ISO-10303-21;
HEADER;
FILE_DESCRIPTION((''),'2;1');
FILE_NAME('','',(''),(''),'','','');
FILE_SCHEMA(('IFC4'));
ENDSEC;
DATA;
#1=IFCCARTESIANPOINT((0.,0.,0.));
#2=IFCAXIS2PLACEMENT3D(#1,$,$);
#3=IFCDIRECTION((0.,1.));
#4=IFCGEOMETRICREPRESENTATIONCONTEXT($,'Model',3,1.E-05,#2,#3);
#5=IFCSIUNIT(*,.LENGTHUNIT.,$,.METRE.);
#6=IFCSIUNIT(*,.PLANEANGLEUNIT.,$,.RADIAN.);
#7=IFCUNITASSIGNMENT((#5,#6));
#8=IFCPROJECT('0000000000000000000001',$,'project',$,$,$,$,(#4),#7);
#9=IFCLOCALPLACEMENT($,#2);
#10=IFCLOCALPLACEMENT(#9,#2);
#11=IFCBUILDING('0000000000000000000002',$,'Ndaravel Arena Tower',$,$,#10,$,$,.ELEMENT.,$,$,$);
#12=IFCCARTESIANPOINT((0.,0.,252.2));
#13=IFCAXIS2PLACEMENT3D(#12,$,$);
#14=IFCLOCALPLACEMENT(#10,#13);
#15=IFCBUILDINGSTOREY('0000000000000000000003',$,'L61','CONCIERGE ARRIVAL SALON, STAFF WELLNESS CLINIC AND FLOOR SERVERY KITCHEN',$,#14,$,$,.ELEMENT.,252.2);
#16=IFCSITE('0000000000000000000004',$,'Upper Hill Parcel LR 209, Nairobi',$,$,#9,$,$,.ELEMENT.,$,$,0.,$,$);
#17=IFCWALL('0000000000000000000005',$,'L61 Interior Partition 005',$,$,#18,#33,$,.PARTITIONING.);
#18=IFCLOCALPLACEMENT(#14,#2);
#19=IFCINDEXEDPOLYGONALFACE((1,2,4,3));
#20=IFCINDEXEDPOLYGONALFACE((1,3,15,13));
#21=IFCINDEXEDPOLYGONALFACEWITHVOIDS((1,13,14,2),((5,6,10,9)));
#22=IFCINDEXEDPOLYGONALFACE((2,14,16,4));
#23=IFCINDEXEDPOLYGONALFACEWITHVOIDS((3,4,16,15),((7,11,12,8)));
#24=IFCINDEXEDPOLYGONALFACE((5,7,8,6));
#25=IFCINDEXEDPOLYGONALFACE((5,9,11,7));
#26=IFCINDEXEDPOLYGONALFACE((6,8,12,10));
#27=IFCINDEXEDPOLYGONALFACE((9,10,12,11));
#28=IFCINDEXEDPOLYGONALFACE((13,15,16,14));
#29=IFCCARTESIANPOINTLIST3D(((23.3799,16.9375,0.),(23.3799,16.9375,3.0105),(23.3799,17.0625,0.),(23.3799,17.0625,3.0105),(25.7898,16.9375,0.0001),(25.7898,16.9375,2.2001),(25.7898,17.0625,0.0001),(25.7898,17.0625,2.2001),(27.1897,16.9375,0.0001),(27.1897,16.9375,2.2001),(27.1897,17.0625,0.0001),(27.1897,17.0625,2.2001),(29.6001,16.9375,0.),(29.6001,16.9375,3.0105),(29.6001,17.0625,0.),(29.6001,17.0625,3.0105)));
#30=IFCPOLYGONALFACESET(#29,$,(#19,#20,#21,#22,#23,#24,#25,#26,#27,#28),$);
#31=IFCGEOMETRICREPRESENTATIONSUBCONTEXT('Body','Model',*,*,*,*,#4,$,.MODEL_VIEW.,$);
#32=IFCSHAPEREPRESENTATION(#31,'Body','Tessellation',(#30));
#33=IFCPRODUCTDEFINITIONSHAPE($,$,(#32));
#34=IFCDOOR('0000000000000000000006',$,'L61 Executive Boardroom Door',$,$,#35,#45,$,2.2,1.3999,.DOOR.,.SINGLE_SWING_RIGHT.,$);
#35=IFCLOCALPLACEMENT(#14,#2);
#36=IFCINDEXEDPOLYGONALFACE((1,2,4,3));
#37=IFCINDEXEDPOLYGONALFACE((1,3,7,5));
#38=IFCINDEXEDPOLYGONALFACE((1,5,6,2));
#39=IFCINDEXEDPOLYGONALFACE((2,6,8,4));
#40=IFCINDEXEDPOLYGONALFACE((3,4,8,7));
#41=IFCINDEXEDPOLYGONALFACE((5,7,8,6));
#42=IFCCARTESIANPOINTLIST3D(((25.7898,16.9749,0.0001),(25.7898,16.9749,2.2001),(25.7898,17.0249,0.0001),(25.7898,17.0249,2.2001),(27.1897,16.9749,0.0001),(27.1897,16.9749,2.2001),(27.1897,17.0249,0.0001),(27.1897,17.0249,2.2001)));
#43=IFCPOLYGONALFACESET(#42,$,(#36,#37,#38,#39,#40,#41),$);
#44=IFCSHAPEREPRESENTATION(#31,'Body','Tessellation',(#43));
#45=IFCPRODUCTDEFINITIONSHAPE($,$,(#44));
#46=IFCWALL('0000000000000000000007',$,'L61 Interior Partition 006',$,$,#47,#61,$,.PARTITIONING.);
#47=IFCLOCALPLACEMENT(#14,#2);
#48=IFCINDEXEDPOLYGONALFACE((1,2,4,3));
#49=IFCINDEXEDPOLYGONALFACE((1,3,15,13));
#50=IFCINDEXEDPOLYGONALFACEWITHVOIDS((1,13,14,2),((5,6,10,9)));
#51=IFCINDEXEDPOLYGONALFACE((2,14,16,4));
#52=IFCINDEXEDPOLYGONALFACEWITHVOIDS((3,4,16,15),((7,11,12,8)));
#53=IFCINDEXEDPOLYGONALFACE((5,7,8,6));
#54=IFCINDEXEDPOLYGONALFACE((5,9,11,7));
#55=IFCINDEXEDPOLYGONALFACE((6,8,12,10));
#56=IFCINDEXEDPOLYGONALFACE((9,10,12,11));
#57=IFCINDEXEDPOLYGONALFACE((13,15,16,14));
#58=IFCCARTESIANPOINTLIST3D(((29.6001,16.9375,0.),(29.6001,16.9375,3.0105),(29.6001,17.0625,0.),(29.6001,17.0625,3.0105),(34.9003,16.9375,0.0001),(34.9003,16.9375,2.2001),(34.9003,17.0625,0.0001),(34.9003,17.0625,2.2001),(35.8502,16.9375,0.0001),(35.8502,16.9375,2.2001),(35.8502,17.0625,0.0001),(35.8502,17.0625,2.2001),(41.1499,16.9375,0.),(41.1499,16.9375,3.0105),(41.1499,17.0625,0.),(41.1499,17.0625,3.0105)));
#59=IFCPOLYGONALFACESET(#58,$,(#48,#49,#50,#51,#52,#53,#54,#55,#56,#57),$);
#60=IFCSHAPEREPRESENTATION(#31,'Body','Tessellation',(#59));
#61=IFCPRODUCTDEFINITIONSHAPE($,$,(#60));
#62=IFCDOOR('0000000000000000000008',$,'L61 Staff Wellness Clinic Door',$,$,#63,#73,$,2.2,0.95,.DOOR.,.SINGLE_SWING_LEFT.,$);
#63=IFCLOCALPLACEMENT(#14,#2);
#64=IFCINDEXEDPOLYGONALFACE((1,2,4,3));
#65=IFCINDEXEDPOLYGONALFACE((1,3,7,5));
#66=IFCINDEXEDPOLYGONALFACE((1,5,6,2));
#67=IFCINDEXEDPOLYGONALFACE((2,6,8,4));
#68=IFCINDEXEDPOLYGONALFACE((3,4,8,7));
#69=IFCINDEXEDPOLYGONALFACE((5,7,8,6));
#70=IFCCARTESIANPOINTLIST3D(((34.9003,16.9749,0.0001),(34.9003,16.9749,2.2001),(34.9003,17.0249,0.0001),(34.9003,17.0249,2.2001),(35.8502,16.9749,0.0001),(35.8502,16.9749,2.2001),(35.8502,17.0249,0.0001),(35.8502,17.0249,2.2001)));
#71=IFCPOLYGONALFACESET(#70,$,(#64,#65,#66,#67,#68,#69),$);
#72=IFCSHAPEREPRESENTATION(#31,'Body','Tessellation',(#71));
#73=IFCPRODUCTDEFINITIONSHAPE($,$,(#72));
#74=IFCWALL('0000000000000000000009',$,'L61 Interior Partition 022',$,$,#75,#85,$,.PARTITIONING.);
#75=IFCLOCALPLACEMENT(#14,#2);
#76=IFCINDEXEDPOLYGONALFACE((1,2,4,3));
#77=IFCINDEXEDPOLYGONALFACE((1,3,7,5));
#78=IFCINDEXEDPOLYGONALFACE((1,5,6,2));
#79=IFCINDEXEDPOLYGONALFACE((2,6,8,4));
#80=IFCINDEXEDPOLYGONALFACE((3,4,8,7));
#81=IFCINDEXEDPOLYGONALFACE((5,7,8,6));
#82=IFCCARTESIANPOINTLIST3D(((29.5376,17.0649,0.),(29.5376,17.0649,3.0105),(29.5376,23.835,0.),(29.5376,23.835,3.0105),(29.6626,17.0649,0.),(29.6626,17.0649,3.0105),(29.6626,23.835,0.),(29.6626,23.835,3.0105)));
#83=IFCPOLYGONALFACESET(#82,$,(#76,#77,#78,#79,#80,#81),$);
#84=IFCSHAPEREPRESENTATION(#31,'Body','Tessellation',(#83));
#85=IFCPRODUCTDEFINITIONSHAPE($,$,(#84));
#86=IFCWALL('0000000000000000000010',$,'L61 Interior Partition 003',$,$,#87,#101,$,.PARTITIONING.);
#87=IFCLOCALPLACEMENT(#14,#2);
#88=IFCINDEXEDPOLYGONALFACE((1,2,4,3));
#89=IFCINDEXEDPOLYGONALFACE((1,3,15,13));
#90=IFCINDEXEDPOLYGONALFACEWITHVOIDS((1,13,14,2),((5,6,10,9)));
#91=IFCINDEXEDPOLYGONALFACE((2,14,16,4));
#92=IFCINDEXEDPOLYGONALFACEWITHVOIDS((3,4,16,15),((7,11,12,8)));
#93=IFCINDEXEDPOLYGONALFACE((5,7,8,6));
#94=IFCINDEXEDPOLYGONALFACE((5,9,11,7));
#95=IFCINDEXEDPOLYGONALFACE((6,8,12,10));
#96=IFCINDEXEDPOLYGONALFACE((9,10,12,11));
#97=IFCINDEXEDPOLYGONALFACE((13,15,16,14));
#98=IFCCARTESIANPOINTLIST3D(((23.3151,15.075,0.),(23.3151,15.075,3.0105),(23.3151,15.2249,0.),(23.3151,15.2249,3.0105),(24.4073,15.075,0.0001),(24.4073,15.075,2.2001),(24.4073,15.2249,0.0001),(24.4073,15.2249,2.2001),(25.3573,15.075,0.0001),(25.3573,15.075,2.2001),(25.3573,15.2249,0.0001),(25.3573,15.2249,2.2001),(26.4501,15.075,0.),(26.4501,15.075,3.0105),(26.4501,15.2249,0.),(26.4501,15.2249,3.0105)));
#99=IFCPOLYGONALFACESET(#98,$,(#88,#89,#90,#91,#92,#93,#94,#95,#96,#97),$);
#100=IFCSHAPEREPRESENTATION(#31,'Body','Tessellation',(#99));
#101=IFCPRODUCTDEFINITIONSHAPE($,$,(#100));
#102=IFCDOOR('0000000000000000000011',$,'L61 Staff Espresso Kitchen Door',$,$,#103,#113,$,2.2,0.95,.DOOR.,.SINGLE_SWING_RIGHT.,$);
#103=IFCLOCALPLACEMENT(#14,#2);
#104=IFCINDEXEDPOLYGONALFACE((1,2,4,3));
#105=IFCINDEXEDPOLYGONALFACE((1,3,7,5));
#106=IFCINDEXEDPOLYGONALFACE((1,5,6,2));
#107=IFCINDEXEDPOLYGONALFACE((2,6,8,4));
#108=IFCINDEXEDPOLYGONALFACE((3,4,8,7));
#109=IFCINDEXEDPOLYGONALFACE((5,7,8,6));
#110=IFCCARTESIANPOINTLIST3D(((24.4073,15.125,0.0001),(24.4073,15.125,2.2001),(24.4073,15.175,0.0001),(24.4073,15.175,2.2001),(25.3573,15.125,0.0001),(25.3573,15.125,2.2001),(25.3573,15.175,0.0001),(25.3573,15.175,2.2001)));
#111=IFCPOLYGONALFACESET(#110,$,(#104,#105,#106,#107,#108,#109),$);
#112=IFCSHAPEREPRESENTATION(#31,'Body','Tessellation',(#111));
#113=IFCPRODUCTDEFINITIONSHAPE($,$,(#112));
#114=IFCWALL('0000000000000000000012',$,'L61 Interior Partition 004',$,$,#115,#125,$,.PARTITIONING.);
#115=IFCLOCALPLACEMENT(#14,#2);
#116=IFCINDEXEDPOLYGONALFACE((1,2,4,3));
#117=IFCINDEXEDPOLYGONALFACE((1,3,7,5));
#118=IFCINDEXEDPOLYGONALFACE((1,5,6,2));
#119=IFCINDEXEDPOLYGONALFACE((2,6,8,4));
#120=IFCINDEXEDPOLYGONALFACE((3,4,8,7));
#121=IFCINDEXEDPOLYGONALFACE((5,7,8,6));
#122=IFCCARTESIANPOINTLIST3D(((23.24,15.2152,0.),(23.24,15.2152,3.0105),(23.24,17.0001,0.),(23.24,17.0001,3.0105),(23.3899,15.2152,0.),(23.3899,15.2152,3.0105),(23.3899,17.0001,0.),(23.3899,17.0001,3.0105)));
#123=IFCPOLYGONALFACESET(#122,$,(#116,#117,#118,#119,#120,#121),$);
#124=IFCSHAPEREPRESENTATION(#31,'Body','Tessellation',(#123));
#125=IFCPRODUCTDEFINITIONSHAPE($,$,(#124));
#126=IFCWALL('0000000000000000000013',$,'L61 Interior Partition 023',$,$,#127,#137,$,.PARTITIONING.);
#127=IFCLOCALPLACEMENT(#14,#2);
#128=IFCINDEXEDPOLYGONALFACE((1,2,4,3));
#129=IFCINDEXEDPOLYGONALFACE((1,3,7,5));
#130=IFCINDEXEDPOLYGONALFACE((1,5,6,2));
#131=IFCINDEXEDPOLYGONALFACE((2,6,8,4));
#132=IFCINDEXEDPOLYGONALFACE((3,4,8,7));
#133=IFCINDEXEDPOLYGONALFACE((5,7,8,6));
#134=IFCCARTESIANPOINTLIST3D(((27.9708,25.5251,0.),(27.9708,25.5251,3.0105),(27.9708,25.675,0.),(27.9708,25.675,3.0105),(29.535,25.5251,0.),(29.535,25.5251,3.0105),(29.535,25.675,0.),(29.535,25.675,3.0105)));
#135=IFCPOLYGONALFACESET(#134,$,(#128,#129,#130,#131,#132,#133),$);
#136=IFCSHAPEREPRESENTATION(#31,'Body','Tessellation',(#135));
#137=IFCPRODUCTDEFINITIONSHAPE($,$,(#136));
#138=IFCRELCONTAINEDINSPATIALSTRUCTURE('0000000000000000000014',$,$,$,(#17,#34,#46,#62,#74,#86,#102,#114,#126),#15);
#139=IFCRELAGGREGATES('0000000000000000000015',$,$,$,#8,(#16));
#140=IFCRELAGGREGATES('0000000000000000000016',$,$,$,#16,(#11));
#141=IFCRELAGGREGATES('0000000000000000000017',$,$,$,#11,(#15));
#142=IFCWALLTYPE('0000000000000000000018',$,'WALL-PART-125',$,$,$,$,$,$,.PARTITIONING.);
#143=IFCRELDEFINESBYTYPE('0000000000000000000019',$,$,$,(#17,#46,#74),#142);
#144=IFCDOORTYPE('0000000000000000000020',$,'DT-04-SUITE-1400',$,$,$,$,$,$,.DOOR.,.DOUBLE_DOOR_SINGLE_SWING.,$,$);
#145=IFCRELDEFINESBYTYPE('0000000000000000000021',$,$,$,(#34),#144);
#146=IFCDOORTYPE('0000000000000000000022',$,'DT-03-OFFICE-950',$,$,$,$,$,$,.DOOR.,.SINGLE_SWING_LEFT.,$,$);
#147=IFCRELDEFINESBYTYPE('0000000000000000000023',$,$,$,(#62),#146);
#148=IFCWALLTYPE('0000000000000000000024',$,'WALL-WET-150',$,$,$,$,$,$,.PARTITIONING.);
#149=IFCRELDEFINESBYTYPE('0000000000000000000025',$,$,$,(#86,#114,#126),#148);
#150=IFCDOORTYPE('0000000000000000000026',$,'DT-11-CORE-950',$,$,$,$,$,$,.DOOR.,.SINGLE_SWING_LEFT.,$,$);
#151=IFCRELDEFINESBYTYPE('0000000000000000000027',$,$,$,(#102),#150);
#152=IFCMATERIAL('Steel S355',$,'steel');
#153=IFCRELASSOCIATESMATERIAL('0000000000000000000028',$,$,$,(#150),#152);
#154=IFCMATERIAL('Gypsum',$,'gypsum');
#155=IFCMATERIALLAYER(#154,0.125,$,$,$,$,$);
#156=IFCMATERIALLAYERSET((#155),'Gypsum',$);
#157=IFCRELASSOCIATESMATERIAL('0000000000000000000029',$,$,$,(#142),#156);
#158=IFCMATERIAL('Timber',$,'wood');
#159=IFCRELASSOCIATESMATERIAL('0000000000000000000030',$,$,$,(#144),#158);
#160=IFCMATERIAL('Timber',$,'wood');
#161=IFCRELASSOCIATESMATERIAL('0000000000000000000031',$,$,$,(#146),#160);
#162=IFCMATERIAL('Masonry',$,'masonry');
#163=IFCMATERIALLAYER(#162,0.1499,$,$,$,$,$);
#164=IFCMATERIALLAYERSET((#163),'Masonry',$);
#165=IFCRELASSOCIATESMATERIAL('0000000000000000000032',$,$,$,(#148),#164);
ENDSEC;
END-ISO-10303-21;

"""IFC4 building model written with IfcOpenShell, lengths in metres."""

from ifc_helpers import new_model, si_unit, direction, frame, frame_2d, origin, place, context, subcontext, project, spatial, rectangle, extrude, material, layer, layer_set, type_object, element, fill, save


model = new_model("IFC4")

# Units and contexts
model_context = context("Model", 3, precision=1e-05, world=origin(), true_north=direction((0.0, 1.0)))
body_context = subcontext(model_context, "Body", "Model", "MODEL_VIEW")
ifc_project = project(units=[si_unit("LENGTHUNIT", "METRE"), si_unit("PLANEANGLEUNIT", "RADIAN")], contexts=[model_context])

# Site, building, storey
site_placement = place(None, origin())
site = spatial("IfcSite", under=ifc_project, at=site_placement, Name="Upper Hill Parcel LR 209, Nairobi", CompositionType="ELEMENT", RefElevation=0.0)
building_placement = place(site_placement, origin())
building = spatial("IfcBuilding", under=site, at=building_placement, Name="Ndaravel Arena Tower", CompositionType="ELEMENT")
storey_placement = place(building_placement, frame((0.0, 0.0, 252.2)))
storey = spatial("IfcBuildingStorey", under=building, at=storey_placement, Name="L61", Description="CONCIERGE ARRIVAL SALON, STAFF WELLNESS CLINIC AND FLOOR SERVERY KITCHEN", CompositionType="ELEMENT", Elevation=252.2)

# Shared definitions
ifc_material_1 = material(Name="Steel S355", Category="steel")
door_type_1 = type_object("IfcDoorType", Name="DT-11-CORE-950", OperationType="SINGLE_SWING_LEFT", PredefinedType="DOOR", material=ifc_material_1)

# Walls, openings, doors
ifc_material_2 = material(Name="Gypsum", Category="gypsum")
ifc_layer_1 = layer(ifc_material_2, 0.125)
ifc_layer_set_1 = layer_set([ifc_layer_1], Name="Gypsum")
wall_type_1 = type_object("IfcWallType", Name="WALL-PART-125", PredefinedType="PARTITIONING", material=ifc_layer_set_1)
wall_1_placement = place(storey_placement, frame((23.3799, 17.0, 0.0), z_axis=(0.0, 0.0, 1.0), x_axis=(1.0, 0.0, 0.0)))
wall_1 = element("IfcWall", 1, at=wall_1_placement, inside=storey, type_object=wall_type_1, Name="L61 Interior Partition 005", PredefinedType="PARTITIONING", context=body_context, shape_type="SweptSolid", body=[
    extrude(rectangle(XDim=6.2202, YDim=0.125, at=frame_2d((3.1101, 0.0))), origin(), (0.0, 0.0, 1.0), 3.0105),
])
opening_1_placement = place(wall_1_placement, frame((2.4099, 0.0, 0.0)))
opening_1 = element("IfcOpeningElement", 2, at=opening_1_placement, cuts=wall_1, PredefinedType="OPENING", context=body_context, shape_type="SweptSolid", body=[
    extrude(rectangle(XDim=1.3999, YDim=2.2, at=frame_2d((0.7, 1.1001))), frame((0.0, 0.0625, 0.0), z_axis=(0.0, -1.0, 0.0), x_axis=(1.0, 0.0, 0.0)), (0.0, 0.0, 1.0), 0.125),
])
ifc_material_3 = material(Name="Timber", Category="wood")
door_type_2 = type_object("IfcDoorType", Name="DT-04-SUITE-1400", OperationType="DOUBLE_DOOR_SINGLE_SWING", PredefinedType="DOOR", material=ifc_material_3)
door_1_placement = place(opening_1_placement, origin())
door_1 = element("IfcDoor", 3, at=door_1_placement, inside=storey, type_object=door_type_2, Name="L61 Executive Boardroom Door", OperationType="SINGLE_SWING_RIGHT", OverallHeight=2.2, OverallWidth=1.3999, PredefinedType="DOOR", context=body_context, shape_type="SweptSolid", body=[
    extrude(rectangle(XDim=1.3999, YDim=2.2, at=frame_2d((0.7, 1.1001))), frame((0.0, 0.0249, 0.0), z_axis=(0.0, -1.0, 0.0), x_axis=(1.0, 0.0, 0.0)), (0.0, 0.0, 1.0), 0.05),
])
fill(opening_1, door_1)
wall_2_placement = place(storey_placement, frame((29.6001, 17.0, 0.0), z_axis=(0.0, 0.0, 1.0), x_axis=(1.0, 0.0, 0.0)))
wall_2 = element("IfcWall", 4, at=wall_2_placement, inside=storey, type_object=wall_type_1, Name="L61 Interior Partition 006", PredefinedType="PARTITIONING", context=body_context, shape_type="SweptSolid", body=[
    extrude(rectangle(XDim=11.5498, YDim=0.125, at=frame_2d((5.7749, 0.0))), origin(), (0.0, 0.0, 1.0), 3.0105),
])
opening_2_placement = place(wall_2_placement, frame((5.3, 0.0, 0.0)))
opening_2 = element("IfcOpeningElement", 5, at=opening_2_placement, cuts=wall_2, PredefinedType="OPENING", context=body_context, shape_type="SweptSolid", body=[
    extrude(rectangle(XDim=0.95, YDim=2.2, at=frame_2d((0.4751, 1.1001))), frame((0.0, 0.0625, 0.0), z_axis=(0.0, -1.0, 0.0), x_axis=(1.0, 0.0, 0.0)), (0.0, 0.0, 1.0), 0.125),
])
ifc_material_4 = material(Name="Timber", Category="wood")
door_type_3 = type_object("IfcDoorType", Name="DT-03-OFFICE-950", OperationType="SINGLE_SWING_LEFT", PredefinedType="DOOR", material=ifc_material_4)
door_2_placement = place(opening_2_placement, origin())
door_2 = element("IfcDoor", 6, at=door_2_placement, inside=storey, type_object=door_type_3, Name="L61 Staff Wellness Clinic Door", OperationType="SINGLE_SWING_LEFT", OverallHeight=2.2, OverallWidth=0.95, PredefinedType="DOOR", context=body_context, shape_type="SweptSolid", body=[
    extrude(rectangle(XDim=0.95, YDim=2.2, at=frame_2d((0.4751, 1.1001))), frame((0.0, 0.0249, 0.0), z_axis=(0.0, -1.0, 0.0), x_axis=(1.0, 0.0, 0.0)), (0.0, 0.0, 1.0), 0.05),
])
fill(opening_2, door_2)

# Wall
wall_3_placement = place(storey_placement, frame((29.6001, 23.835, 0.0), z_axis=(0.0, 0.0, 1.0), x_axis=(0.0, -1.0, 0.0)))
element("IfcWall", 7, at=wall_3_placement, inside=storey, type_object=wall_type_1, Name="L61 Interior Partition 022", PredefinedType="PARTITIONING", context=body_context, shape_type="SweptSolid", body=[
    extrude(rectangle(XDim=6.77, YDim=0.125, at=frame_2d((3.385, 0.0))), origin(), (0.0, 0.0, 1.0), 3.0105),
])

# Wall, opening, door
ifc_material_5 = material(Name="Masonry", Category="masonry")
ifc_layer_2 = layer(ifc_material_5, 0.1499)
ifc_layer_set_2 = layer_set([ifc_layer_2], Name="Masonry")
wall_type_2 = type_object("IfcWallType", Name="WALL-WET-150", PredefinedType="PARTITIONING", material=ifc_layer_set_2)
wall_4_placement = place(storey_placement, frame((26.45, 15.1499, 0.0), z_axis=(0.0, 0.0, 1.0), x_axis=(-1.0, 0.0, 0.0)))
wall_4 = element("IfcWall", 8, at=wall_4_placement, inside=storey, type_object=wall_type_2, Name="L61 Interior Partition 003", PredefinedType="PARTITIONING", context=body_context, shape_type="SweptSolid", body=[
    extrude(rectangle(XDim=3.135, YDim=0.1499, at=frame_2d((1.5674, 0.0))), origin(), (0.0, 0.0, 1.0), 3.0105),
])
opening_3_placement = place(wall_4_placement, frame((1.0925, 0.0, 0.0)))
opening_3 = element("IfcOpeningElement", 9, at=opening_3_placement, cuts=wall_4, PredefinedType="OPENING", context=body_context, shape_type="SweptSolid", body=[
    extrude(rectangle(XDim=0.95, YDim=2.2, at=frame_2d((0.4751, 1.1001))), frame((0.0, 0.075, 0.0), z_axis=(0.0, -1.0, 0.0), x_axis=(1.0, 0.0, 0.0)), (0.0, 0.0, 1.0), 0.1499),
])
door_3_placement = place(opening_3_placement, origin())
door_3 = element("IfcDoor", 10, at=door_3_placement, inside=storey, type_object=door_type_1, Name="L61 Staff Espresso Kitchen Door", OperationType="SINGLE_SWING_RIGHT", OverallHeight=2.2, OverallWidth=0.95, PredefinedType="DOOR", context=body_context, shape_type="SweptSolid", body=[
    extrude(rectangle(XDim=0.95, YDim=2.2, at=frame_2d((0.4751, 1.1001))), frame((0.0, 0.0249, 0.0), z_axis=(0.0, -1.0, 0.0), x_axis=(1.0, 0.0, 0.0)), (0.0, 0.0, 1.0), 0.05),
])
fill(opening_3, door_3)

# Walls
wall_5_placement = place(storey_placement, frame((23.3149, 15.2151, 0.0), z_axis=(0.0, 0.0, 1.0), x_axis=(0.0, 1.0, 0.0)))
element("IfcWall", 11, at=wall_5_placement, inside=storey, type_object=wall_type_2, Name="L61 Interior Partition 004", PredefinedType="PARTITIONING", context=body_context, shape_type="SweptSolid", body=[
    extrude(rectangle(XDim=1.7849, YDim=0.1499, at=frame_2d((0.8926, 0.0))), origin(), (0.0, 0.0, 1.0), 3.0105),
])
wall_6_placement = place(storey_placement, frame((27.9707, 25.6001, 0.0), z_axis=(0.0, 0.0, 1.0), x_axis=(1.0, 0.0, 0.0)))
element("IfcWall", 12, at=wall_6_placement, inside=storey, type_object=wall_type_2, Name="L61 Interior Partition 023", PredefinedType="PARTITIONING", context=body_context, shape_type="SweptSolid", body=[
    extrude(rectangle(XDim=1.5642, YDim=0.1499, at=frame_2d((0.7822, 0.0))), origin(), (0.0, 0.0, 1.0), 3.0105),
])

save(model, "model.ifc")
